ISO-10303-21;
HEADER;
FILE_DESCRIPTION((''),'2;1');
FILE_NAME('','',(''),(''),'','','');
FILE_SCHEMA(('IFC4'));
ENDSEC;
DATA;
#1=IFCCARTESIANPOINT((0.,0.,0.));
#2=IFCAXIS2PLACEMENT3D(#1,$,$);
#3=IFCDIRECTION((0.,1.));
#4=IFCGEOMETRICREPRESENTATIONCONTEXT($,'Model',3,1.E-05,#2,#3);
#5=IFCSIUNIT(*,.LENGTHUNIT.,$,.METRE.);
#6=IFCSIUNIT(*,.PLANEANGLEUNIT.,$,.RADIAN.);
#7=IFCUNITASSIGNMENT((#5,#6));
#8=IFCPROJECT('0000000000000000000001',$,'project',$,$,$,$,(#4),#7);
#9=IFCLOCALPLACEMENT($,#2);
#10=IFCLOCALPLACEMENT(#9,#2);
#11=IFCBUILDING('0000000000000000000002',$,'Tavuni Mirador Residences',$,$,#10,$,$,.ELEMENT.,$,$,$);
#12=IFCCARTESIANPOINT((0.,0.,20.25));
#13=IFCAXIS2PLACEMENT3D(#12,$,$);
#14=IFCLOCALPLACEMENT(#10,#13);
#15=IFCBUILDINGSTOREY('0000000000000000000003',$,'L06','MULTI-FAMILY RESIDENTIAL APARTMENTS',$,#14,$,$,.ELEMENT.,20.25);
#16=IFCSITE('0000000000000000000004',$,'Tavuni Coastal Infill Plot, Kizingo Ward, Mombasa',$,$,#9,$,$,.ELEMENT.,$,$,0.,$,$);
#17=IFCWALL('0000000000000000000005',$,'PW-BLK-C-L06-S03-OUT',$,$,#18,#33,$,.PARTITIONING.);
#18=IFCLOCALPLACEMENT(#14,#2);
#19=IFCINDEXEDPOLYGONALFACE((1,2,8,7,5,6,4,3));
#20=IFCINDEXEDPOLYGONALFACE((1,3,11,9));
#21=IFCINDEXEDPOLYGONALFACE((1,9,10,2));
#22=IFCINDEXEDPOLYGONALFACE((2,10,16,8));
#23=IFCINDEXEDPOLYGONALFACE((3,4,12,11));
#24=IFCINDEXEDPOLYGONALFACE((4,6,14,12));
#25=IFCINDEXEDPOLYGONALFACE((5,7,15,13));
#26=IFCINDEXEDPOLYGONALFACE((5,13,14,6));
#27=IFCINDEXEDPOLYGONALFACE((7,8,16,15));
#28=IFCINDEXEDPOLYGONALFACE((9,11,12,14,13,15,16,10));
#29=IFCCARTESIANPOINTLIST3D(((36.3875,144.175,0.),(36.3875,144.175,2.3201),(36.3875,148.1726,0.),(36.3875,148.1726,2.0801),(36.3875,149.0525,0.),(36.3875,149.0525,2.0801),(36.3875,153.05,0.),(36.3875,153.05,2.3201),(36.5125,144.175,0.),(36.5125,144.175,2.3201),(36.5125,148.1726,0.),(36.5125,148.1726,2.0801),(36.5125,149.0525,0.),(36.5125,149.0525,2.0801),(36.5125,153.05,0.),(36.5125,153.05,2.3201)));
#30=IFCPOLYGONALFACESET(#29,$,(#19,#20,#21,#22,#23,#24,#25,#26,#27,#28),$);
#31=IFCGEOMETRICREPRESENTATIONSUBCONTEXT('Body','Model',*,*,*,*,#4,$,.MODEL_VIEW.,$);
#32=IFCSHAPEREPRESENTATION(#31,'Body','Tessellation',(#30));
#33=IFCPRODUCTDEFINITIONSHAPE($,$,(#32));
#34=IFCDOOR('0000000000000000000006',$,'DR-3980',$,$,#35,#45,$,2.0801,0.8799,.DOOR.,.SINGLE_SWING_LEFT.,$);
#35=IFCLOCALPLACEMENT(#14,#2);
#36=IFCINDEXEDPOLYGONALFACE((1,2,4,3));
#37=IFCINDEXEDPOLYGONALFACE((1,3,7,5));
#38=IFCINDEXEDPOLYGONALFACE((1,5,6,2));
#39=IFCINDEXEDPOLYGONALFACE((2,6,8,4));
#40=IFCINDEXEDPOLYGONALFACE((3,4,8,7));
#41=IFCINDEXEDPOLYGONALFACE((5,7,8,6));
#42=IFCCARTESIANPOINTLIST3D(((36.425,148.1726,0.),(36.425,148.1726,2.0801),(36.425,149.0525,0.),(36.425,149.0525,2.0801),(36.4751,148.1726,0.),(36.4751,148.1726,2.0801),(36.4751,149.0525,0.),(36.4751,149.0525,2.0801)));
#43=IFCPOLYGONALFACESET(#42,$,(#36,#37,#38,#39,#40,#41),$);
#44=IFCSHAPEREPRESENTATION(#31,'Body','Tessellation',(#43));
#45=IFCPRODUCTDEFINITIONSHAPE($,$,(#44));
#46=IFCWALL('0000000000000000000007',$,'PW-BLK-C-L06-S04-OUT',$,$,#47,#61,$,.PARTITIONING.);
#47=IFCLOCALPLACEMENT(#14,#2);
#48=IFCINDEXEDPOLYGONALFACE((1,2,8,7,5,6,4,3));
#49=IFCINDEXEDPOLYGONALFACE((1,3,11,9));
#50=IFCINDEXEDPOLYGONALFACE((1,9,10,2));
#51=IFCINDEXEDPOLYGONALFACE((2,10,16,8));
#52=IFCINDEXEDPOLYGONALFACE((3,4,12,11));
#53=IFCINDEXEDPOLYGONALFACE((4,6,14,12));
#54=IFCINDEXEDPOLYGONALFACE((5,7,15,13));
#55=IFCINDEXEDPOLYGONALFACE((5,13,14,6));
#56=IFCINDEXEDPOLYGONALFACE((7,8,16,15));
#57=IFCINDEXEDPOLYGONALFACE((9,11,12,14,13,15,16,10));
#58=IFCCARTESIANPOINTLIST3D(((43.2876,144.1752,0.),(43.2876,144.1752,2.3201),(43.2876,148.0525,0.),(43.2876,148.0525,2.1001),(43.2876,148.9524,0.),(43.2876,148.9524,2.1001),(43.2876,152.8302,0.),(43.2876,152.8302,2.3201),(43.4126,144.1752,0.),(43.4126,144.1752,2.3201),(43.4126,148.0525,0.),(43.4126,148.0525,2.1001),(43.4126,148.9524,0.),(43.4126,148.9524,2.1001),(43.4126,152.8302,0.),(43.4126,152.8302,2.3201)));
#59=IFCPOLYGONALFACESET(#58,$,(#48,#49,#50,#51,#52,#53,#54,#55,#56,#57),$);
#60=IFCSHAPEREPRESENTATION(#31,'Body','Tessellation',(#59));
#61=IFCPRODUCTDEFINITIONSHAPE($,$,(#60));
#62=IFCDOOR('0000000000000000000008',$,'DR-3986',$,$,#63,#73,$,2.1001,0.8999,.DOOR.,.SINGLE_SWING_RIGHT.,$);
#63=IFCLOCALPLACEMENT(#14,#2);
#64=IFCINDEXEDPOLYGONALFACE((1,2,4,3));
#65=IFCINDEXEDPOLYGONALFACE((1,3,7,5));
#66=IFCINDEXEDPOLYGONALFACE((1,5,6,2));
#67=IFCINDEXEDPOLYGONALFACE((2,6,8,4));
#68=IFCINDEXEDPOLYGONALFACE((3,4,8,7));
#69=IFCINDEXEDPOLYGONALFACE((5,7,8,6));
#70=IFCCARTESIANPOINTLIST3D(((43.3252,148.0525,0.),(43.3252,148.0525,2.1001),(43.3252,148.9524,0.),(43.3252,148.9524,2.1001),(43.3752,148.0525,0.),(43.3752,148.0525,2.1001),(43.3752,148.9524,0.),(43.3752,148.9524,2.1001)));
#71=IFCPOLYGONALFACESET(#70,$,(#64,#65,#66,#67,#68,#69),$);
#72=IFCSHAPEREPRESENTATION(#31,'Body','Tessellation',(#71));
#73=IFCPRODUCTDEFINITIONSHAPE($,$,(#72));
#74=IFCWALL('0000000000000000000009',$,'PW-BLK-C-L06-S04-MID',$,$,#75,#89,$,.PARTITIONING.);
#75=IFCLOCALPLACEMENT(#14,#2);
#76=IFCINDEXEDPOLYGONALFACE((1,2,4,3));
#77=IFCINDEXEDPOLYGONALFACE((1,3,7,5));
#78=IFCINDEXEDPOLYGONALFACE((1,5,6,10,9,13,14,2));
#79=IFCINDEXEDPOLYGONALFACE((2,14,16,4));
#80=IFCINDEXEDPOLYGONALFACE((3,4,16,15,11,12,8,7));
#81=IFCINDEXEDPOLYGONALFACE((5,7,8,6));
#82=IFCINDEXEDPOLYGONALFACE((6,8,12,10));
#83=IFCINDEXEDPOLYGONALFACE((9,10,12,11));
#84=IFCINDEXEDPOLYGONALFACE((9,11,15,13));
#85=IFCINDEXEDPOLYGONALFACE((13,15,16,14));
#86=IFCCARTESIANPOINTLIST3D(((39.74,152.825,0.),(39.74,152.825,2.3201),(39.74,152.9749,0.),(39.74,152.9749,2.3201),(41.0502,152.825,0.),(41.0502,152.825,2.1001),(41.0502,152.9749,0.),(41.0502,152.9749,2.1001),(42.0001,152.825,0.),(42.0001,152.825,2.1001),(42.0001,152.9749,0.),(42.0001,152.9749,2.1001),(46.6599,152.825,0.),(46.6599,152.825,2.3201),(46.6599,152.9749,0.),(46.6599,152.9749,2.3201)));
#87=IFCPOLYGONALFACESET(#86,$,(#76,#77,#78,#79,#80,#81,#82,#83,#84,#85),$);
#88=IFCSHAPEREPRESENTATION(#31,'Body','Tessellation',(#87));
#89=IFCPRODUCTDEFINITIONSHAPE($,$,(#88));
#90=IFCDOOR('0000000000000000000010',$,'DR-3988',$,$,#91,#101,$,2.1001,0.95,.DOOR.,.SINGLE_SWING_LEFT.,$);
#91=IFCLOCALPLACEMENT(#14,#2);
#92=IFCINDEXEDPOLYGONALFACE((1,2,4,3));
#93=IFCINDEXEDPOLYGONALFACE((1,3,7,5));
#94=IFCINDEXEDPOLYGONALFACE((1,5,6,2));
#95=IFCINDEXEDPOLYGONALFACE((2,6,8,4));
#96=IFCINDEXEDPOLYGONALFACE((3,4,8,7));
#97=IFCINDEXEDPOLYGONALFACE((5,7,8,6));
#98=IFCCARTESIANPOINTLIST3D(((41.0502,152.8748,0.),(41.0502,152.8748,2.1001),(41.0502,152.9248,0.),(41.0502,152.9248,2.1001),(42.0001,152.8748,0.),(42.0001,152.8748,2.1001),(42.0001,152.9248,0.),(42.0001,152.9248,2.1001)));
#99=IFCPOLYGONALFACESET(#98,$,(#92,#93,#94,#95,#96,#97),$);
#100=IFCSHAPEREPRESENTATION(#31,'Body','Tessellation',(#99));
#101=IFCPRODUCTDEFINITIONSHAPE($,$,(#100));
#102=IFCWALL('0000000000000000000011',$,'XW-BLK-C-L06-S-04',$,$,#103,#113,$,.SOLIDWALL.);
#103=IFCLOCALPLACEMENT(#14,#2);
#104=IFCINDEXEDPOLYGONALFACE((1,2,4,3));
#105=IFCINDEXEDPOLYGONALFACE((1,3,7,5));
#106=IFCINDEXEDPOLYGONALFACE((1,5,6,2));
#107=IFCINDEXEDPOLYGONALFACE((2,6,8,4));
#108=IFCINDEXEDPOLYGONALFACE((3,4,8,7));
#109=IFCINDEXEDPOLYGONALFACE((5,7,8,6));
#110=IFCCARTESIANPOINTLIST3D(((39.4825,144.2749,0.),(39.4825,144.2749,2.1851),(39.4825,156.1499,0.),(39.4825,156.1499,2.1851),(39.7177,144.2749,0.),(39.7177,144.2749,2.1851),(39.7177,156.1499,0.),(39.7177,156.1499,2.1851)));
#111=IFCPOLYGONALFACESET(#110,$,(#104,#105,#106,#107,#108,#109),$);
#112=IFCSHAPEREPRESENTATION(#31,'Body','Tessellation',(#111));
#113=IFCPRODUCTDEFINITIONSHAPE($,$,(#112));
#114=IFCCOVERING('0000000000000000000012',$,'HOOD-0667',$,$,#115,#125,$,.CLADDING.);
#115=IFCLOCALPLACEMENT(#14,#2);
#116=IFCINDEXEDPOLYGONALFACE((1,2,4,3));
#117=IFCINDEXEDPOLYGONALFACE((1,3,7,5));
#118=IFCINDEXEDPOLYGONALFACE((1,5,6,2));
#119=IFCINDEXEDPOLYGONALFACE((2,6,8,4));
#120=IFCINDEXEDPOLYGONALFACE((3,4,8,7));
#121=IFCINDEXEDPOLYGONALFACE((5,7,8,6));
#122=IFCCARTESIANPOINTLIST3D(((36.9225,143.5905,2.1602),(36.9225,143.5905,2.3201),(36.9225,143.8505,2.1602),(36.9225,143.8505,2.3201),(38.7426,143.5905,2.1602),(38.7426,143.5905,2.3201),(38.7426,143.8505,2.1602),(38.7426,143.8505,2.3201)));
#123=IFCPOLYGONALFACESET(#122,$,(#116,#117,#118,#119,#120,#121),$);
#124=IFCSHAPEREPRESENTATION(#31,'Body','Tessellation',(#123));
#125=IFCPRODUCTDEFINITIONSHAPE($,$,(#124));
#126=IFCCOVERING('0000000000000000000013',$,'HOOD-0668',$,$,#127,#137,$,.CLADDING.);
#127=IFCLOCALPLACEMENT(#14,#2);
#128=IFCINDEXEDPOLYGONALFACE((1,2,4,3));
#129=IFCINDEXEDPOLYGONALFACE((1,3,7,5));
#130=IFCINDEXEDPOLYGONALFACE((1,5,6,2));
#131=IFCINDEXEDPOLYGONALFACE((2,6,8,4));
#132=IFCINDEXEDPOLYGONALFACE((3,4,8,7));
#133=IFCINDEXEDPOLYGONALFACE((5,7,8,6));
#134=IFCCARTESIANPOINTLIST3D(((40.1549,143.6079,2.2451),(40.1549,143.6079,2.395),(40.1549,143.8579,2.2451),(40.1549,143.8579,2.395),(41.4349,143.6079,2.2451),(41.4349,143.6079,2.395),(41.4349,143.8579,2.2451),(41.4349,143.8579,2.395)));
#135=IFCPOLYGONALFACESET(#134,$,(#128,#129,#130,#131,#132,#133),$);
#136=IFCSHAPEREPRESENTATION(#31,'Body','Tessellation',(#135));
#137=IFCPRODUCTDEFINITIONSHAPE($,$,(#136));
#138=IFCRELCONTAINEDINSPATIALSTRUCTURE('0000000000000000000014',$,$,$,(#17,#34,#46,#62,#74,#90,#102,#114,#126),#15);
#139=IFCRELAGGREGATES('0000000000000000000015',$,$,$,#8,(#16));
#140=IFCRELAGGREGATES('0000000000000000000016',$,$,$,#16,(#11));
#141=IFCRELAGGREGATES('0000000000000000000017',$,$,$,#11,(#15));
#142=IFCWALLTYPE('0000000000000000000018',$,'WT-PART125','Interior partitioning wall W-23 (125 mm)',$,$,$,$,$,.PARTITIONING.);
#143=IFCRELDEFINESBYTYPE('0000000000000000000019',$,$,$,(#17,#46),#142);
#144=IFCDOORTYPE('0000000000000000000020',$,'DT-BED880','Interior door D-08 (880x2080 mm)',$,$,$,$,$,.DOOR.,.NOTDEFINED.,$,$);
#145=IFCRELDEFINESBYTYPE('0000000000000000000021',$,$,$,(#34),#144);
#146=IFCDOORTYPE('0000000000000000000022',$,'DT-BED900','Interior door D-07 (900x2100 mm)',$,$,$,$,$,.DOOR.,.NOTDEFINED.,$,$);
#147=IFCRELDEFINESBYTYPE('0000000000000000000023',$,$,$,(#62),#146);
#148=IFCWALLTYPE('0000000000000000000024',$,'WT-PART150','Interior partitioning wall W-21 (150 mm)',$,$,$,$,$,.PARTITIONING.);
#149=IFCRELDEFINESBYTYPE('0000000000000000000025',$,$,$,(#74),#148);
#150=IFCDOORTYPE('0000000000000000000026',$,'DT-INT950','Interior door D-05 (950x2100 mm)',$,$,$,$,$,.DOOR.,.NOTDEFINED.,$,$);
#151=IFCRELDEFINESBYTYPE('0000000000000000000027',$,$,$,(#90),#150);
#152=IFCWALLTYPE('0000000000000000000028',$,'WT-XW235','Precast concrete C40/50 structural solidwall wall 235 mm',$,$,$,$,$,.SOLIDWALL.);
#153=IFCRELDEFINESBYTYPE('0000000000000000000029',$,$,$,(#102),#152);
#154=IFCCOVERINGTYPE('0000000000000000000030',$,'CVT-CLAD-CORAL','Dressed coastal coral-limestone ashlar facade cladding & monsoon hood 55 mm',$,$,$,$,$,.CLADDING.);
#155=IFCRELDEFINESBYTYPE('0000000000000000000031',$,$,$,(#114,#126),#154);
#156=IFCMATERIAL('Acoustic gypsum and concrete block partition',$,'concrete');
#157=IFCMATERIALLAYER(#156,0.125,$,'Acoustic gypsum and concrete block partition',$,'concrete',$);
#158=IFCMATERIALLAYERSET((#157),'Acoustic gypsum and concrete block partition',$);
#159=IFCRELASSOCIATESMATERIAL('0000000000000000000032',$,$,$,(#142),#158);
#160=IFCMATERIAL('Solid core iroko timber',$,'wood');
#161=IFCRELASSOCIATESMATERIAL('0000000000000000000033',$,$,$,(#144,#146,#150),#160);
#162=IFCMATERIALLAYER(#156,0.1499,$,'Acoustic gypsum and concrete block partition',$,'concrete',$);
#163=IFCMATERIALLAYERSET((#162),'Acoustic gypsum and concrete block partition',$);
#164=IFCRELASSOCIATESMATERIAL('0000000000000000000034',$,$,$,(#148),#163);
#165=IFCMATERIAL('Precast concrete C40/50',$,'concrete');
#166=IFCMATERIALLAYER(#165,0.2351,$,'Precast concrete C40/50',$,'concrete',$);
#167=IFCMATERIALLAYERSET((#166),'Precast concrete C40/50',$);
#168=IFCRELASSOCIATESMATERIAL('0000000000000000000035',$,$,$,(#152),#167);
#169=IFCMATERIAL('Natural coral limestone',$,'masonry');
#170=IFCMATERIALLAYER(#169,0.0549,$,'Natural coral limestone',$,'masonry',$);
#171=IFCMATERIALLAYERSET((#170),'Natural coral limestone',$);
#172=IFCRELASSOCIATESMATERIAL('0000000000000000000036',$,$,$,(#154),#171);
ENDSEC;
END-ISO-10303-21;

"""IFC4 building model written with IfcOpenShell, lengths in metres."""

from ifc_helpers import new_model, si_unit, direction, frame, frame_2d, origin, origin_2d, place, context, subcontext, project, spatial, rectangle, extrude, material, layer, layer_set, type_object, element, fill, save


model = new_model("IFC4")

# Units and contexts
model_context = context("Model", 3, precision=1e-05, world=origin(), true_north=direction((0.0, 1.0)))
body_context = subcontext(model_context, "Body", "Model", "MODEL_VIEW")
ifc_project = project(units=[si_unit("LENGTHUNIT", "METRE"), si_unit("PLANEANGLEUNIT", "RADIAN")], contexts=[model_context])

# Site, building, storey
site_placement = place(None, origin())
site = spatial("IfcSite", under=ifc_project, at=site_placement, Name="Tavuni Coastal Infill Plot, Kizingo Ward, Mombasa", CompositionType="ELEMENT", RefElevation=0.0)
building_placement = place(site_placement, origin())
building = spatial("IfcBuilding", under=site, at=building_placement, Name="Tavuni Mirador Residences", CompositionType="ELEMENT")
storey_placement = place(building_placement, frame((0.0, 0.0, 20.25)))
storey = spatial("IfcBuildingStorey", under=building, at=storey_placement, Name="L06", Description="MULTI-FAMILY RESIDENTIAL APARTMENTS", CompositionType="ELEMENT", Elevation=20.25)

# Shared definitions
ifc_material_1 = material(Name="Precast concrete C40/50", Category="concrete")

# Walls, openings, doors
ifc_material_2 = material(Name="Acoustic gypsum and concrete block partition", Category="concrete")
ifc_material_3 = material(Name="Solid core iroko timber", Category="wood")
ifc_layer_1 = layer(ifc_material_2, 0.125, Name="Acoustic gypsum and concrete block partition", Category="concrete")
ifc_layer_set_1 = layer_set([ifc_layer_1], Name="Acoustic gypsum and concrete block partition")
wall_type_1 = type_object("IfcWallType", Name="WT-PART125", Description="Interior partitioning wall W-23 (125 mm)", PredefinedType="PARTITIONING", material=ifc_layer_set_1)
wall_1_placement = place(storey_placement, frame((36.45, 144.175, 0.0), z_axis=(0.0, 0.0, 1.0), x_axis=(0.0, 1.0, 0.0)))
wall_1 = element("IfcWall", 1, at=wall_1_placement, inside=storey, type_object=wall_type_1, Name="PW-BLK-C-L06-S03-OUT", PredefinedType="PARTITIONING", context=body_context, shape_type="SweptSolid", body=[
    extrude(rectangle(XDim=8.875, YDim=0.125, at=frame_2d((4.4375, 0.0))), origin(), (0.0, 0.0, 1.0), 2.3201),
])
opening_1_placement = place(wall_1_placement, frame((3.9976, 0.0, 0.0)))
opening_1 = element("IfcOpeningElement", 2, at=opening_1_placement, cuts=wall_1, PredefinedType="OPENING", context=body_context, shape_type="SweptSolid", body=[
    extrude(rectangle(XDim=0.8799, YDim=2.0801, at=frame_2d((0.4399, 1.04))), frame((0.0, 0.0725, 0.0), z_axis=(0.0, -1.0, 0.0), x_axis=(1.0, 0.0, 0.0)), (0.0, 0.0, 1.0), 0.145),
])
door_type_1 = type_object("IfcDoorType", Name="DT-BED880", Description="Interior door D-08 (880x2080 mm)", OperationType="NOTDEFINED", PredefinedType="DOOR", material=ifc_material_3)
door_1_placement = place(opening_1_placement, origin())
door_1 = element("IfcDoor", 3, at=door_1_placement, inside=storey, type_object=door_type_1, Name="DR-3980", OperationType="SINGLE_SWING_LEFT", OverallHeight=2.0801, OverallWidth=0.8799, PredefinedType="DOOR", context=body_context, shape_type="SweptSolid", body=[
    extrude(rectangle(XDim=0.8799, YDim=2.0801, at=frame_2d((0.4399, 1.04))), frame((0.0, 0.0249, 0.0), z_axis=(0.0, -1.0, 0.0), x_axis=(1.0, 0.0, 0.0)), (0.0, 0.0, 1.0), 0.05),
])
fill(opening_1, door_1)
wall_2_placement = place(storey_placement, frame((43.3501, 144.175, 0.0), z_axis=(0.0, 0.0, 1.0), x_axis=(0.0, 1.0, 0.0)))
wall_2 = element("IfcWall", 4, at=wall_2_placement, inside=storey, type_object=wall_type_1, Name="PW-BLK-C-L06-S04-OUT", PredefinedType="PARTITIONING", context=body_context, shape_type="SweptSolid", body=[
    extrude(rectangle(XDim=8.655, YDim=0.125, at=frame_2d((4.3276, 0.0))), origin(), (0.0, 0.0, 1.0), 2.3201),
])
opening_2_placement = place(wall_2_placement, frame((3.8774, 0.0, 0.0)))
opening_2 = element("IfcOpeningElement", 5, at=opening_2_placement, cuts=wall_2, PredefinedType="OPENING", context=body_context, shape_type="SweptSolid", body=[
    extrude(rectangle(XDim=0.8999, YDim=2.1001, at=frame_2d((0.45, 1.05))), frame((0.0, 0.0725, 0.0), z_axis=(0.0, -1.0, 0.0), x_axis=(1.0, 0.0, 0.0)), (0.0, 0.0, 1.0), 0.145),
])
door_type_2 = type_object("IfcDoorType", Name="DT-BED900", Description="Interior door D-07 (900x2100 mm)", OperationType="NOTDEFINED", PredefinedType="DOOR", material=ifc_material_3)
door_2_placement = place(opening_2_placement, origin())
door_2 = element("IfcDoor", 6, at=door_2_placement, inside=storey, type_object=door_type_2, Name="DR-3986", OperationType="SINGLE_SWING_RIGHT", OverallHeight=2.1001, OverallWidth=0.8999, PredefinedType="DOOR", context=body_context, shape_type="SweptSolid", body=[
    extrude(rectangle(XDim=0.8999, YDim=2.1001, at=frame_2d((0.45, 1.05))), frame((0.0, 0.0249, 0.0), z_axis=(0.0, -1.0, 0.0), x_axis=(1.0, 0.0, 0.0)), (0.0, 0.0, 1.0), 0.05),
])
fill(opening_2, door_2)
ifc_layer_2 = layer(ifc_material_2, 0.1499, Name="Acoustic gypsum and concrete block partition", Category="concrete")
ifc_layer_set_2 = layer_set([ifc_layer_2], Name="Acoustic gypsum and concrete block partition")
wall_type_2 = type_object("IfcWallType", Name="WT-PART150", Description="Interior partitioning wall W-21 (150 mm)", PredefinedType="PARTITIONING", material=ifc_layer_set_2)
wall_3_placement = place(storey_placement, frame((39.74, 152.8999, 0.0), z_axis=(0.0, 0.0, 1.0), x_axis=(1.0, 0.0, 0.0)))
wall_3 = element("IfcWall", 7, at=wall_3_placement, inside=storey, type_object=wall_type_2, Name="PW-BLK-C-L06-S04-MID", PredefinedType="PARTITIONING", context=body_context, shape_type="SweptSolid", body=[
    extrude(rectangle(XDim=6.9199, YDim=0.1499, at=frame_2d((3.46, 0.0))), origin(), (0.0, 0.0, 1.0), 2.3201),
])
opening_3_placement = place(wall_3_placement, frame((1.3101, 0.0, 0.0)))
opening_3 = element("IfcOpeningElement", 8, at=opening_3_placement, cuts=wall_3, PredefinedType="OPENING", context=body_context, shape_type="SweptSolid", body=[
    extrude(rectangle(XDim=0.95, YDim=2.1001, at=frame_2d((0.4751, 1.05))), frame((0.0, 0.085, 0.0), z_axis=(0.0, -1.0, 0.0), x_axis=(1.0, 0.0, 0.0)), (0.0, 0.0, 1.0), 0.1699),
])
door_type_3 = type_object("IfcDoorType", Name="DT-INT950", Description="Interior door D-05 (950x2100 mm)", OperationType="NOTDEFINED", PredefinedType="DOOR", material=ifc_material_3)
door_3_placement = place(opening_3_placement, origin())
door_3 = element("IfcDoor", 9, at=door_3_placement, inside=storey, type_object=door_type_3, Name="DR-3988", OperationType="SINGLE_SWING_LEFT", OverallHeight=2.1001, OverallWidth=0.95, PredefinedType="DOOR", context=body_context, shape_type="SweptSolid", body=[
    extrude(rectangle(XDim=0.95, YDim=2.1001, at=frame_2d((0.4751, 1.05))), frame((0.0, 0.0249, 0.0), z_axis=(0.0, -1.0, 0.0), x_axis=(1.0, 0.0, 0.0)), (0.0, 0.0, 1.0), 0.05),
])
fill(opening_3, door_3)

# Wall
ifc_layer_3 = layer(ifc_material_1, 0.2351, Name="Precast concrete C40/50", Category="concrete")
ifc_layer_set_3 = layer_set([ifc_layer_3], Name="Precast concrete C40/50")
wall_type_3 = type_object("IfcWallType", Name="WT-XW235", Description="Precast concrete C40/50 structural solidwall wall 235 mm", PredefinedType="SOLIDWALL", material=ifc_layer_set_3)
wall_4_placement = place(storey_placement, frame((39.6001, 144.2749, 0.0), z_axis=(0.0, 0.0, 1.0), x_axis=(0.0, 1.0, 0.0)))
element("IfcWall", 10, at=wall_4_placement, inside=storey, type_object=wall_type_3, Name="XW-BLK-C-L06-S-04", PredefinedType="SOLIDWALL", context=body_context, shape_type="SweptSolid", body=[
    extrude(rectangle(XDim=11.875, YDim=0.2351, at=frame_2d((5.9375, 0.0))), origin(), (0.0, 0.0, 1.0), 2.1851),
])

# Coverings
ifc_material_4 = material(Name="Natural coral limestone", Category="masonry")
ifc_layer_4 = layer(ifc_material_4, 0.0549, Name="Natural coral limestone", Category="masonry")
ifc_layer_set_4 = layer_set([ifc_layer_4], Name="Natural coral limestone")
covering_type = type_object("IfcCoveringType", Name="CVT-CLAD-CORAL", Description="Dressed coastal coral-limestone ashlar facade cladding & monsoon hood 55 mm", PredefinedType="CLADDING", material=ifc_layer_set_4)
covering_1_placement = place(storey_placement, frame((37.8325, 143.7205, 2.1602), z_axis=(0.0, 0.0, 1.0), x_axis=(1.0, 0.0, 0.0)))
element("IfcCovering", 11, at=covering_1_placement, inside=storey, type_object=covering_type, Name="HOOD-0667", PredefinedType="CLADDING", context=body_context, shape_type="SweptSolid", body=[
    extrude(rectangle(XDim=1.8201, YDim=0.26, at=origin_2d()), origin(), (0.0, 0.0, 1.0), 0.1599),
])
covering_2_placement = place(storey_placement, frame((40.7949, 143.7329, 2.2451), z_axis=(0.0, 0.0, 1.0), x_axis=(1.0, 0.0, 0.0)))
element("IfcCovering", 12, at=covering_2_placement, inside=storey, type_object=covering_type, Name="HOOD-0668", PredefinedType="CLADDING", context=body_context, shape_type="SweptSolid", body=[
    extrude(rectangle(XDim=1.28, YDim=0.25, at=origin_2d()), origin(), (0.0, 0.0, 1.0), 0.1499),
])

save(model, "model.ifc")
